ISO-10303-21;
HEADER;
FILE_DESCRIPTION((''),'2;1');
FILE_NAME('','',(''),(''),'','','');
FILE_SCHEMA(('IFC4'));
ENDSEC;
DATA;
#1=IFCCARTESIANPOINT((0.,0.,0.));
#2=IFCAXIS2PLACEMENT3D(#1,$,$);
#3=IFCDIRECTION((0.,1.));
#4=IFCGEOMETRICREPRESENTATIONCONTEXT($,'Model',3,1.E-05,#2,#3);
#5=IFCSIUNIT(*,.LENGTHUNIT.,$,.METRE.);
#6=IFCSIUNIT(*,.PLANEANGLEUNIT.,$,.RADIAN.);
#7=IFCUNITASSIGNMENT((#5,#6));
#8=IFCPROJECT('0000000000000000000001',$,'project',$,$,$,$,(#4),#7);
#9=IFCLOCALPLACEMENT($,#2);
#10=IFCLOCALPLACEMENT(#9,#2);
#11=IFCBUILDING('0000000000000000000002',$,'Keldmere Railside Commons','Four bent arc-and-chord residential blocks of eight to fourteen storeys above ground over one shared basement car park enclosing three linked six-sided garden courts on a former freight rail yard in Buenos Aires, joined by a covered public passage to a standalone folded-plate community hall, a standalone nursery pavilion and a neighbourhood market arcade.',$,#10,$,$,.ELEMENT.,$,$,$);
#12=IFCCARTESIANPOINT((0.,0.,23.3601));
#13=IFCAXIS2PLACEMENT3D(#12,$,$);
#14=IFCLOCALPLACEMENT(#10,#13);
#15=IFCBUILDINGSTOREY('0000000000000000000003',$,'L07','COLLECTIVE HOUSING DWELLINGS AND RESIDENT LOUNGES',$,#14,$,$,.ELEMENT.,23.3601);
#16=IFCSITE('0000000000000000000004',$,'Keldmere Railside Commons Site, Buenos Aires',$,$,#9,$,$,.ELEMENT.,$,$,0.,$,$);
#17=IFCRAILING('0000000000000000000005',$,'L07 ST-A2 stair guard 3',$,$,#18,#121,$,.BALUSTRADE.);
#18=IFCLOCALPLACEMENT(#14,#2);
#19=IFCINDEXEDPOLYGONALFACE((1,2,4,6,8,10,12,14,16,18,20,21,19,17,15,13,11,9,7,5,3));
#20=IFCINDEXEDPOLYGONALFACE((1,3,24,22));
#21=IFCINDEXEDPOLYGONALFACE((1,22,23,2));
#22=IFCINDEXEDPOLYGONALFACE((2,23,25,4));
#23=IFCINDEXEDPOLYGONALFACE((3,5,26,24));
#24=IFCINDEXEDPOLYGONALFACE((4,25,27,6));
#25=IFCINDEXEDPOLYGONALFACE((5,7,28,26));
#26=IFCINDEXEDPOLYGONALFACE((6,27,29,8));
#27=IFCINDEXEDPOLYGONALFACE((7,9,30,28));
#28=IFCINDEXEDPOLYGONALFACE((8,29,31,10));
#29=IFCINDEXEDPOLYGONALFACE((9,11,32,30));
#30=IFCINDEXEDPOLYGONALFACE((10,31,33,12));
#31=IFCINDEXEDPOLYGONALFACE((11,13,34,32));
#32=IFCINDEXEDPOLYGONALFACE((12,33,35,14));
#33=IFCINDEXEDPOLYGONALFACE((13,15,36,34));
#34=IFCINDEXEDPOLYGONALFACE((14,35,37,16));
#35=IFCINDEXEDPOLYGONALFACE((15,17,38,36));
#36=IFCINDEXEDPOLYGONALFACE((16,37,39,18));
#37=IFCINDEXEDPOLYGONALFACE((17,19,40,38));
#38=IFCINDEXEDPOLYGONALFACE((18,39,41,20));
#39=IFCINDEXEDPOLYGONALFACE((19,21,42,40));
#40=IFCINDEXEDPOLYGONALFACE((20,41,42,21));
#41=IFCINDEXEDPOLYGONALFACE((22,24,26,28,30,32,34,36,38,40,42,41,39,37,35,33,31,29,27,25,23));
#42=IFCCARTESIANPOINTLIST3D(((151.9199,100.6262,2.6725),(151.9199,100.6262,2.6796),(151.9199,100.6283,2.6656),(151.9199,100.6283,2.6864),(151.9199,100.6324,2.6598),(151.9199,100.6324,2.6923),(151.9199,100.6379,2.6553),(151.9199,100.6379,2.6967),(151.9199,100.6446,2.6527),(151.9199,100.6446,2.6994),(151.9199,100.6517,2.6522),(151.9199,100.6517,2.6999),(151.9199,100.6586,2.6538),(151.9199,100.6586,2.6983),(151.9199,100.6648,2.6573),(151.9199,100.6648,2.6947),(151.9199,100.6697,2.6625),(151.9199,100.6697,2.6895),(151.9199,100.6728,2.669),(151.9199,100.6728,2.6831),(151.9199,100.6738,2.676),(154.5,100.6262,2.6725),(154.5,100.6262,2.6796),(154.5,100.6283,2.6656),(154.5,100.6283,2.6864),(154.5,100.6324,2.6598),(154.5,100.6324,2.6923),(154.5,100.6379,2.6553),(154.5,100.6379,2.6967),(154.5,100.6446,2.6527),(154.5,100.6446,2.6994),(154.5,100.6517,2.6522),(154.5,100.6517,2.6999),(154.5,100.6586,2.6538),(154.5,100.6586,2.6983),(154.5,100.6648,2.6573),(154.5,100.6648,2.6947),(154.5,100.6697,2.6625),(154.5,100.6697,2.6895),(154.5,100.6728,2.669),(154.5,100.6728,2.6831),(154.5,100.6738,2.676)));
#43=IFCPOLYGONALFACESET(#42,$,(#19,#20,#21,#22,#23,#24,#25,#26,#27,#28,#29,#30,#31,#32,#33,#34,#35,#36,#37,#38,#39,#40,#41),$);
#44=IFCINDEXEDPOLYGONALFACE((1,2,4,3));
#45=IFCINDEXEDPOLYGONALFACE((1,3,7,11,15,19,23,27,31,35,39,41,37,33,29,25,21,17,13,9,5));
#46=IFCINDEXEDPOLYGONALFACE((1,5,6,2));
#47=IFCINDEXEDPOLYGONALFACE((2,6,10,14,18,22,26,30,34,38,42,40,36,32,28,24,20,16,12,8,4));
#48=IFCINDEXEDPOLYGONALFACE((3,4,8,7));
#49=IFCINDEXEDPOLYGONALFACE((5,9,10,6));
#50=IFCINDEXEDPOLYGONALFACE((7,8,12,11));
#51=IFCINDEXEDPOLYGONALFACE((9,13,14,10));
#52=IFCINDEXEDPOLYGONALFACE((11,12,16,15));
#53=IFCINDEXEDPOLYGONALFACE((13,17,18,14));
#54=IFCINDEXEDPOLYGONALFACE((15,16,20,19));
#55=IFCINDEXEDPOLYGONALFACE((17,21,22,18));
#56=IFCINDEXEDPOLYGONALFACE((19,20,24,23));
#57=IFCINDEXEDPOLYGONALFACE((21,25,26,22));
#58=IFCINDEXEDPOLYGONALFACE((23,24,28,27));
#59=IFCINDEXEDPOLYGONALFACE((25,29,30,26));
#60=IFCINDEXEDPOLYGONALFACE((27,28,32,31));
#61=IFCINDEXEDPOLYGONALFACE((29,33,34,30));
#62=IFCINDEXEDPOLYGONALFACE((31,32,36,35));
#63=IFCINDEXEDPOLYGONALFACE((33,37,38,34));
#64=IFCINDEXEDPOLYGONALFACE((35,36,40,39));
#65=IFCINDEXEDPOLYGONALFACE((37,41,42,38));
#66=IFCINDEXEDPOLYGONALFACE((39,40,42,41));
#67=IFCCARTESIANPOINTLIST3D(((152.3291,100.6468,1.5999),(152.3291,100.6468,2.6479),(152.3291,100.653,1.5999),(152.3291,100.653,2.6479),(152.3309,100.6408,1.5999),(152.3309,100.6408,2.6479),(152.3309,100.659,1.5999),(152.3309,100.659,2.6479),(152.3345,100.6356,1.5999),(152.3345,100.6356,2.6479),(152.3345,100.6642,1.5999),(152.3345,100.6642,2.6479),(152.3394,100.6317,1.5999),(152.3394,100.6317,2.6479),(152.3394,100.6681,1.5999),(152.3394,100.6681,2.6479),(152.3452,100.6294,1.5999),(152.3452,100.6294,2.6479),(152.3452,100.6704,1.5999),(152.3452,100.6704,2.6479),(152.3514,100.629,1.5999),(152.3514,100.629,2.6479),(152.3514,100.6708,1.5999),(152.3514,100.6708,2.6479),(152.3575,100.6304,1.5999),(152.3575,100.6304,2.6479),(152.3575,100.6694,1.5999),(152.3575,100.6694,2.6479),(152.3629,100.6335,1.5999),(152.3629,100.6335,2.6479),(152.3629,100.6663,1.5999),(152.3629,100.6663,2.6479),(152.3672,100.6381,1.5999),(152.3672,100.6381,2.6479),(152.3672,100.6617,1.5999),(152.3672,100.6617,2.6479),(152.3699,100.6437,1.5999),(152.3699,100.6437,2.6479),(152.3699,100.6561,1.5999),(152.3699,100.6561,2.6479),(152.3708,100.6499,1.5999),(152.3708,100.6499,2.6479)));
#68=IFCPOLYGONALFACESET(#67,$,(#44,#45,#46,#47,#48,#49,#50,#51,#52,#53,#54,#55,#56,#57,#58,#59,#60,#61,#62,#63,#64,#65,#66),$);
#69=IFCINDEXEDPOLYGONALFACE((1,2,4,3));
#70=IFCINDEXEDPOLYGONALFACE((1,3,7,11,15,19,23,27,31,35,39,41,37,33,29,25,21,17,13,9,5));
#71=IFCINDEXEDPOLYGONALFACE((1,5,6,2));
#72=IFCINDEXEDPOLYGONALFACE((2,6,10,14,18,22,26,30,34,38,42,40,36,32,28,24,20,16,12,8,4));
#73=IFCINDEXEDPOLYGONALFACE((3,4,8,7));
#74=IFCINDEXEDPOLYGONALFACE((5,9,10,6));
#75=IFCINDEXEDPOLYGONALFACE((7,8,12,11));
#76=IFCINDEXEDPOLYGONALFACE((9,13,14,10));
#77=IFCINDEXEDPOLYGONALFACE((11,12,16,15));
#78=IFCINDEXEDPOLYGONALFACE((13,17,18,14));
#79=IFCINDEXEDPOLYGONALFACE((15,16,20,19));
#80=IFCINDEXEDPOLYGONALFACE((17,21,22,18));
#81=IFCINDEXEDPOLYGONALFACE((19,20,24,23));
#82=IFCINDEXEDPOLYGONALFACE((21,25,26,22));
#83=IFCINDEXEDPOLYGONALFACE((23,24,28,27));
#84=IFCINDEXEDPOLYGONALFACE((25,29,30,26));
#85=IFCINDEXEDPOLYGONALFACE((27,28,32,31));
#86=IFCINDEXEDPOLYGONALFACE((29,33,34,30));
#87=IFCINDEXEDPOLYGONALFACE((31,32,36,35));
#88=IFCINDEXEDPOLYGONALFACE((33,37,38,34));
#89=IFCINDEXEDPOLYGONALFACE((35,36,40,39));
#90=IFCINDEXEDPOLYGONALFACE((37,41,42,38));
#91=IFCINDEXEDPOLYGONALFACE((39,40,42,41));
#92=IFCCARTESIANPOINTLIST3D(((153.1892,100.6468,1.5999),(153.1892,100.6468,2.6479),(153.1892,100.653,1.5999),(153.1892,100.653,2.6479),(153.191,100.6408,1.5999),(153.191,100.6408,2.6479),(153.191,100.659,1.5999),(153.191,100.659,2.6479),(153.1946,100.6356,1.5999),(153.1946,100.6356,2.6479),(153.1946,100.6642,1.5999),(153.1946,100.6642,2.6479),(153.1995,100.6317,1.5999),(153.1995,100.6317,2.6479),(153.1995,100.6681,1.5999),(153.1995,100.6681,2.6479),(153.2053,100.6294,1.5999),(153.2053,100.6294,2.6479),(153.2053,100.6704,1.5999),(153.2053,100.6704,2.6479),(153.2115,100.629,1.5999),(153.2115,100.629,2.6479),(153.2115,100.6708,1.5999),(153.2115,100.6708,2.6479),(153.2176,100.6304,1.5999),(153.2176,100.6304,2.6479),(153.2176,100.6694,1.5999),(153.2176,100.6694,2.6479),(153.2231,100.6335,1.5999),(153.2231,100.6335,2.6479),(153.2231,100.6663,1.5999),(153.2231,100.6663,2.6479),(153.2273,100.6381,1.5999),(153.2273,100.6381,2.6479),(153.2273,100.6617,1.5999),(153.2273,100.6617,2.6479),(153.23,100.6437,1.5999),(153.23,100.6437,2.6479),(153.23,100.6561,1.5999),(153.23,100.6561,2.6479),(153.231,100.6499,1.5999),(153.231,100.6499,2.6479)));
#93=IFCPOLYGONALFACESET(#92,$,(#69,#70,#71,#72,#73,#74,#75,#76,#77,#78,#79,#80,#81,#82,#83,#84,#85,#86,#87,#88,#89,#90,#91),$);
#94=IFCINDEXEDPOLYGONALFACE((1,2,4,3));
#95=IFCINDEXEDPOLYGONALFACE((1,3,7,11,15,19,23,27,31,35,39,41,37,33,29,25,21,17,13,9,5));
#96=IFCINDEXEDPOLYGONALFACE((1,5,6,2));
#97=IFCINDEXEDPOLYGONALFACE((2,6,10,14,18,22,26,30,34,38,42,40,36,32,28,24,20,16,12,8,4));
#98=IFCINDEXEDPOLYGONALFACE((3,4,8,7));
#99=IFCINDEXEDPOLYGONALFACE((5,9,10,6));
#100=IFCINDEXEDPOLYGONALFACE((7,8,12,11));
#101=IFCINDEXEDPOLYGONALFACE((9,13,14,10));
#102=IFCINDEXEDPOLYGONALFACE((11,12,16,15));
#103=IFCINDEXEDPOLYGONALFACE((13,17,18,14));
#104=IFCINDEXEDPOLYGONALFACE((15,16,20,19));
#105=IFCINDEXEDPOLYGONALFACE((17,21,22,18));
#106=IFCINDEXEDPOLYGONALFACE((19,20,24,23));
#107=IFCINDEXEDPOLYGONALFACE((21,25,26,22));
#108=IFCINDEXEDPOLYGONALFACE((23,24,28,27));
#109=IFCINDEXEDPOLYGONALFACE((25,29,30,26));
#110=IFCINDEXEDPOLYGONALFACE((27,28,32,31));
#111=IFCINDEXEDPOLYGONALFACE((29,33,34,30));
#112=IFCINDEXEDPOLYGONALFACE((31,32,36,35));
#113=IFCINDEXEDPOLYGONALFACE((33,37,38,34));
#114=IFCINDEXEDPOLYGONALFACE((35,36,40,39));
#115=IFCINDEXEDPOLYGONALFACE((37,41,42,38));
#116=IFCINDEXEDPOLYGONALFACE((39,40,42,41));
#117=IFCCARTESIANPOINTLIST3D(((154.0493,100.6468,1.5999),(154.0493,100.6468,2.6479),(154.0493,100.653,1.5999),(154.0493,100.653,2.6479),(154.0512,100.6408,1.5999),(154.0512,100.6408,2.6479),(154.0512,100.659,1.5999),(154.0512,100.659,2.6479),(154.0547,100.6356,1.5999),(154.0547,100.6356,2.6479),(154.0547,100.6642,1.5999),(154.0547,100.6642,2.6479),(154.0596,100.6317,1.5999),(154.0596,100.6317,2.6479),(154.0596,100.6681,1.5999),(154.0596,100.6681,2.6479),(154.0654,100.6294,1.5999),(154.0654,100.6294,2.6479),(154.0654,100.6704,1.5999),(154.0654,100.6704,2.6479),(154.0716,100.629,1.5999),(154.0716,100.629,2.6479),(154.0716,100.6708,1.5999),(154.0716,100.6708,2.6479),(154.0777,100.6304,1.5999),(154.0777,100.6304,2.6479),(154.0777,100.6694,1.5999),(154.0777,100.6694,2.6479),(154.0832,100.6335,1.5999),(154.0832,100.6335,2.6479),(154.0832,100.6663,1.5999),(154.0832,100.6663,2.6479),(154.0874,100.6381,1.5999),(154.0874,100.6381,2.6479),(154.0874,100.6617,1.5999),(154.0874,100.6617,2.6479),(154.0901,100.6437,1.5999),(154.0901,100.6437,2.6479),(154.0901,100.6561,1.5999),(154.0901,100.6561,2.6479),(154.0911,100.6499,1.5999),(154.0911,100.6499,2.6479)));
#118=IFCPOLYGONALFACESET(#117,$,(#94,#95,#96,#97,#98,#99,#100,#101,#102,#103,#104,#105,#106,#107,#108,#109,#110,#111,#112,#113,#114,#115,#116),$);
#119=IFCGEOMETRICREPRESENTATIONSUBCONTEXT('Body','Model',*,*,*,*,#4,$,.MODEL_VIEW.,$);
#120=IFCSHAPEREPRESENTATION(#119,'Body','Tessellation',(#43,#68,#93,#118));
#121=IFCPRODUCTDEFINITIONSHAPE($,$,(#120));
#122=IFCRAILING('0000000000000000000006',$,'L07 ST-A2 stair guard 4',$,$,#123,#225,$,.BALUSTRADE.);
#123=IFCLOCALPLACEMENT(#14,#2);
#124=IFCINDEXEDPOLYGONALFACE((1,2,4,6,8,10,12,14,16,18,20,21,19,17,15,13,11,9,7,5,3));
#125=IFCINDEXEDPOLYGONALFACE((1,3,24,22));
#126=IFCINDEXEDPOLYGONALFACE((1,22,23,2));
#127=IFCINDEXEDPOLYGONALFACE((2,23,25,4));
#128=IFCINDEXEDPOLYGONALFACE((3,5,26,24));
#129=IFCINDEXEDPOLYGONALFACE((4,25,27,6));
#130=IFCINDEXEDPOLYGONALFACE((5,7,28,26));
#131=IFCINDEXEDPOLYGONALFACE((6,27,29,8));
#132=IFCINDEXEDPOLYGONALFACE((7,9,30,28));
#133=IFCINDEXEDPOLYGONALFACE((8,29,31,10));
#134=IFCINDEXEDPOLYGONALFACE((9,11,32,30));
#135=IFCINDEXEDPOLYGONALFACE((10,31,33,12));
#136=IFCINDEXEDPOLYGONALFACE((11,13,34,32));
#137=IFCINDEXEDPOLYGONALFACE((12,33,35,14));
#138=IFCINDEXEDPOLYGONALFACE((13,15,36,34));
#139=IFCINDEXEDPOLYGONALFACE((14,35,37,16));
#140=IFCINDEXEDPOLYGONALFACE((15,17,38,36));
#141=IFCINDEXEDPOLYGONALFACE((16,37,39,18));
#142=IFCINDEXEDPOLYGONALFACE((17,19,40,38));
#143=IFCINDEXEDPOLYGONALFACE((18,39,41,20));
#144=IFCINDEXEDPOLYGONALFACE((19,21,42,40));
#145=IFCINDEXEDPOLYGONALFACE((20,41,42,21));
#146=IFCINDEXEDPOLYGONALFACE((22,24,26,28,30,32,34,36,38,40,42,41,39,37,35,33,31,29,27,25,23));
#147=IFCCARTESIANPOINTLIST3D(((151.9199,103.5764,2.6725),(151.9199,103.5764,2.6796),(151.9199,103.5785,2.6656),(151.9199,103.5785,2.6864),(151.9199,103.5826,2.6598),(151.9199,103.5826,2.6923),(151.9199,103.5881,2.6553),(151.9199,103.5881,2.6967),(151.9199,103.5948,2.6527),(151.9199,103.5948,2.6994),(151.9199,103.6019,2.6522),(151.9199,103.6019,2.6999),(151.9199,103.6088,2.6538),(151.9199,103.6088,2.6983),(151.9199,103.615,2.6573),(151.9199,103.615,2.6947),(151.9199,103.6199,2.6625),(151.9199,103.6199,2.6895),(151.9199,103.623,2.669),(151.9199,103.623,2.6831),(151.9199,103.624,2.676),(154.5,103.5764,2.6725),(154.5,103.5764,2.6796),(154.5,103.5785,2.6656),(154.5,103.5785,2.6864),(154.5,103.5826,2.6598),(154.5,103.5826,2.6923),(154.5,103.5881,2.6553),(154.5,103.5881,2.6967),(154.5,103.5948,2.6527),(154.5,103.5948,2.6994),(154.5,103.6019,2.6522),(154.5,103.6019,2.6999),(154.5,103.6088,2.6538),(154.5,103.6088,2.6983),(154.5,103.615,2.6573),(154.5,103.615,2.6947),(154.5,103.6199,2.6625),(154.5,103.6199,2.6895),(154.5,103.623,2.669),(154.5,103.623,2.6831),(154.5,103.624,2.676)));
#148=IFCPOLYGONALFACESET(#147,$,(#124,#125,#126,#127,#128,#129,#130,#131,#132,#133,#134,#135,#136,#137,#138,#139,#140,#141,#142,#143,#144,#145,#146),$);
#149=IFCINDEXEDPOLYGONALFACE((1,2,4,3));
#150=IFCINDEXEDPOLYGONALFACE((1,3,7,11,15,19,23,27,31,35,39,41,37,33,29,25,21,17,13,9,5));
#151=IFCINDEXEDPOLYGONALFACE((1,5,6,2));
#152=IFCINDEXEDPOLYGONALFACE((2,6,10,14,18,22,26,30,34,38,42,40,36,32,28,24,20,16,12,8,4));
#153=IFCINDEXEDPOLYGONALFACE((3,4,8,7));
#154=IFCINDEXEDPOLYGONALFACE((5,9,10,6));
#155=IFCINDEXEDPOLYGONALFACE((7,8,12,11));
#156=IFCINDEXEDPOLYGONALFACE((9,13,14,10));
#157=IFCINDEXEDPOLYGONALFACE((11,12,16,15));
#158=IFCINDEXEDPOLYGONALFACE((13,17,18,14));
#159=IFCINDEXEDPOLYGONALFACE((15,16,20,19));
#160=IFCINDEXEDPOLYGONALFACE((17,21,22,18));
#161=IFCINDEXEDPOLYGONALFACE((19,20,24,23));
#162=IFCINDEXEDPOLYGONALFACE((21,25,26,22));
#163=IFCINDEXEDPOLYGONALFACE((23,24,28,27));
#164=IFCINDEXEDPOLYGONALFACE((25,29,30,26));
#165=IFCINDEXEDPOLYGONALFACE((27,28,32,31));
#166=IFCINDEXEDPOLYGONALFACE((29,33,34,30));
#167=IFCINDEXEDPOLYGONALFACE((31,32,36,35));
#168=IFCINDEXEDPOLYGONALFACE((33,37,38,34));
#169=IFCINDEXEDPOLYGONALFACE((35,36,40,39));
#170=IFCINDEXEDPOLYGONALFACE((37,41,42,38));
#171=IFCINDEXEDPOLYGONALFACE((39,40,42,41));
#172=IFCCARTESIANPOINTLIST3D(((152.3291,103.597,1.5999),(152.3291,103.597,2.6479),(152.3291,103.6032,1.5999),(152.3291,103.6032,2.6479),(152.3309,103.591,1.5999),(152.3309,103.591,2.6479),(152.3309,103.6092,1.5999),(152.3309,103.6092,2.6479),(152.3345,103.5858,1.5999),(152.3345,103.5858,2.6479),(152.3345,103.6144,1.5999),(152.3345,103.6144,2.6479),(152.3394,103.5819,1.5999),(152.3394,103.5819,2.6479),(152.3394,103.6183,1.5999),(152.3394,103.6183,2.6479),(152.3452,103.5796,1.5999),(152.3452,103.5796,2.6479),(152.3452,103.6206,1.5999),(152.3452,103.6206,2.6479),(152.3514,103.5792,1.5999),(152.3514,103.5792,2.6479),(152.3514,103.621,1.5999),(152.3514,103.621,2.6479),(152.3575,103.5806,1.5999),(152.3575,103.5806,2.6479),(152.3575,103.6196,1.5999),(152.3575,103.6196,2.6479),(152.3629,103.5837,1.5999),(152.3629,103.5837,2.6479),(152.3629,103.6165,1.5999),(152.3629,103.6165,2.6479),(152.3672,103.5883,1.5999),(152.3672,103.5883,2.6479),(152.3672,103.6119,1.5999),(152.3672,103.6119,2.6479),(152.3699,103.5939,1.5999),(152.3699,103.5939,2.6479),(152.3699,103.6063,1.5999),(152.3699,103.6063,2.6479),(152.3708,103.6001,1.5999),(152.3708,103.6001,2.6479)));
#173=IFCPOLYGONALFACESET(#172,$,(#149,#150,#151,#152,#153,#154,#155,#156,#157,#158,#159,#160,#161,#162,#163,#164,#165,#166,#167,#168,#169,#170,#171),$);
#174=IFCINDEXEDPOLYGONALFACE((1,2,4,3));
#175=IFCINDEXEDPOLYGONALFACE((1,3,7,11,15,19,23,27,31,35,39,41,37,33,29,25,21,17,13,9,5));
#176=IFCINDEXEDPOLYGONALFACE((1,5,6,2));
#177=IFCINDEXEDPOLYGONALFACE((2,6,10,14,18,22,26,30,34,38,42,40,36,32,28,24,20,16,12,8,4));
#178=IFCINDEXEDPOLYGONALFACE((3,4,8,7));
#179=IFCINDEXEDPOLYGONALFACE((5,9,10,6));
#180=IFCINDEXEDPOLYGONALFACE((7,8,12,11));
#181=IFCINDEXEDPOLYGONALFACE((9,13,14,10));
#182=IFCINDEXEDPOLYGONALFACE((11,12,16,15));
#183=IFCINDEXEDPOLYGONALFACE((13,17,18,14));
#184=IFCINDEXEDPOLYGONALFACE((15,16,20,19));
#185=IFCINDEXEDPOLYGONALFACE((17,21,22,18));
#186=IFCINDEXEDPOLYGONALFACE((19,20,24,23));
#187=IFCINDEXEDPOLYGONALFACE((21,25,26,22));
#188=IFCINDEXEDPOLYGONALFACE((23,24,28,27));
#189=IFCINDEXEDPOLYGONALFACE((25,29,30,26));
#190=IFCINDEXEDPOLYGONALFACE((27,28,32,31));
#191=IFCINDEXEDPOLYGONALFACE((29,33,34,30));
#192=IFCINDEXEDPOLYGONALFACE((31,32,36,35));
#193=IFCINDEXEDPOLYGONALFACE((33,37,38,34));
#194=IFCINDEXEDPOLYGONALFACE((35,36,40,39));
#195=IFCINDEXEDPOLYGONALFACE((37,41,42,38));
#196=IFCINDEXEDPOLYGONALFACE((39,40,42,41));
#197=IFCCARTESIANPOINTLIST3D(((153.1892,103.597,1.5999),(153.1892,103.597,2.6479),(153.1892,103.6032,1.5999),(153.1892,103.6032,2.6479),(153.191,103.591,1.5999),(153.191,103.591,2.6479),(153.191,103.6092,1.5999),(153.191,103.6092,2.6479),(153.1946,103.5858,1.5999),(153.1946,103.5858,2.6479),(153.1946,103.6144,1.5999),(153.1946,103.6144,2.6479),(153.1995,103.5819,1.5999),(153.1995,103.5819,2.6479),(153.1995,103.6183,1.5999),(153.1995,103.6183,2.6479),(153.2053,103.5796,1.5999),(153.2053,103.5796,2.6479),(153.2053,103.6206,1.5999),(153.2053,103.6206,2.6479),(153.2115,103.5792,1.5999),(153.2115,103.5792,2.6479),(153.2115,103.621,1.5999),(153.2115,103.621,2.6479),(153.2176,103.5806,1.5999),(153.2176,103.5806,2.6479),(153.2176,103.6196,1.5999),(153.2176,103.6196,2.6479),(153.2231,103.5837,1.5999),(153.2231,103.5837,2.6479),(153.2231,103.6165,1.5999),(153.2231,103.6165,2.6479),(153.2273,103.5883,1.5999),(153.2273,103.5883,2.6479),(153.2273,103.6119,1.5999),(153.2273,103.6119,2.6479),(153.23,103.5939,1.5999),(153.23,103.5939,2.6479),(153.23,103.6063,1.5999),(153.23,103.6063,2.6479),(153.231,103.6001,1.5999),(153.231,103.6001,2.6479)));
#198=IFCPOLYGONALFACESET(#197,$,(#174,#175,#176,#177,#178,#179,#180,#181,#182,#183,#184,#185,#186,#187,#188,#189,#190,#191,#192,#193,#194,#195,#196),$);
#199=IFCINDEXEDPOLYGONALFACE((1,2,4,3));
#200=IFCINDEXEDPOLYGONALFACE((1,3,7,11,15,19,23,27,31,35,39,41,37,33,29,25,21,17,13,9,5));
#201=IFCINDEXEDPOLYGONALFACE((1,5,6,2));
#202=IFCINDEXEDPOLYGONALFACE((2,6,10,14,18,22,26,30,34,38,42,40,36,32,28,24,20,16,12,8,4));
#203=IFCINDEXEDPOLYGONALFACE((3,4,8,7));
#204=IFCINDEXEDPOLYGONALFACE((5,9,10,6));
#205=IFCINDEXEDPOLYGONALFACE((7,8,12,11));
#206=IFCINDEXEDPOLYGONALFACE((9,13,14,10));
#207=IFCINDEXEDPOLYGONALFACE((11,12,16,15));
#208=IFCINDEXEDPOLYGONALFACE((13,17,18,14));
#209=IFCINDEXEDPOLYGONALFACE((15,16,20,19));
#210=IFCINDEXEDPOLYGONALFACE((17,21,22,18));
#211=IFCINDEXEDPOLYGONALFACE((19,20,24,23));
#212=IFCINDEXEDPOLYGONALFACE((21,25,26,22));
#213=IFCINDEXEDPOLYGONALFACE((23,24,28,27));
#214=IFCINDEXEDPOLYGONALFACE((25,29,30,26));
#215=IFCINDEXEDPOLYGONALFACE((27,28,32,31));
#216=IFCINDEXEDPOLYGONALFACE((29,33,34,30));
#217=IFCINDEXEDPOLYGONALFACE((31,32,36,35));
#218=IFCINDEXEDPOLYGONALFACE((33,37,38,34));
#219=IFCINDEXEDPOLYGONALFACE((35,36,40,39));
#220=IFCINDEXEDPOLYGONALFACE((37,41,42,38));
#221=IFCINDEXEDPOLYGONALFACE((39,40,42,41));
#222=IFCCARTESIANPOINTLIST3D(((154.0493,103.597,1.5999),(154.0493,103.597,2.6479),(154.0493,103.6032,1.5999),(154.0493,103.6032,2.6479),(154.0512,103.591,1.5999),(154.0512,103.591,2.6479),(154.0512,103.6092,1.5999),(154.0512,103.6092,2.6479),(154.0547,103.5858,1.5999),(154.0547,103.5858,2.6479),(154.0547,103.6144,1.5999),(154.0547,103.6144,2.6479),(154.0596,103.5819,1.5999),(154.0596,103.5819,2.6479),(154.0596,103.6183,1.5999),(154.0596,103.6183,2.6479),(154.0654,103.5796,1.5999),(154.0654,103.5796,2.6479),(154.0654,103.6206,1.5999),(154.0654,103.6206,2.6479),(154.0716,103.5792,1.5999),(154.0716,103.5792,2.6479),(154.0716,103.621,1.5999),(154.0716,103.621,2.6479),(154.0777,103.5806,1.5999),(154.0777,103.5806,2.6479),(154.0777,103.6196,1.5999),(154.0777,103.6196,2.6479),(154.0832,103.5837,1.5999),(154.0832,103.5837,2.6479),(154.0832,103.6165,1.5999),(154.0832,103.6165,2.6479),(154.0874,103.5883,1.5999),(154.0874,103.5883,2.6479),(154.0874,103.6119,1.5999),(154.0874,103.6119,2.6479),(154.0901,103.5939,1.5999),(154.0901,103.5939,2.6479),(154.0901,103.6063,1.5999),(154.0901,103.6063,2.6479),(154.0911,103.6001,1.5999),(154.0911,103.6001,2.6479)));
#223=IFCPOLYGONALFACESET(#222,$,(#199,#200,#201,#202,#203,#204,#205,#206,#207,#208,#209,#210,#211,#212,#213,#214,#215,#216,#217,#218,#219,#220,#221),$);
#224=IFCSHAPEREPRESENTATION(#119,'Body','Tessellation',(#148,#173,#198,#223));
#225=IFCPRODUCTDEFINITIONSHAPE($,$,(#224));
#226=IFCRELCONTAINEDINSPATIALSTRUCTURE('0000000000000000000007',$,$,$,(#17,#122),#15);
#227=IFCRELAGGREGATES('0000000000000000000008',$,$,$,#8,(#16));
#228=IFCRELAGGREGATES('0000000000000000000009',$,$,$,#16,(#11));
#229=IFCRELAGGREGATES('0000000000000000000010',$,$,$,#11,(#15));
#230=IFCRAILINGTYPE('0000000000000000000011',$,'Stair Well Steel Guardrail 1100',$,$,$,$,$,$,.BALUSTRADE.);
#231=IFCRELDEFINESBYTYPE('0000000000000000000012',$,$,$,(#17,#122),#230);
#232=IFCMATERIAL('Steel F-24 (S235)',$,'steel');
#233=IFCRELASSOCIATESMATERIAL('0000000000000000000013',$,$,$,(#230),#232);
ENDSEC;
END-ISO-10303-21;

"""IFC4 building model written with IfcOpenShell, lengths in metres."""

from ifc_helpers import new_model, si_unit, direction, frame, origin, origin_2d, place, context, subcontext, project, spatial, circle, extrude, material, type_object, element, save


model = new_model("IFC4")

# Units and contexts
model_context = context("Model", 3, precision=1e-05, world=origin(), true_north=direction((0.0, 1.0)))
body_context = subcontext(model_context, "Body", "Model", "MODEL_VIEW")
ifc_project = project(units=[si_unit("LENGTHUNIT", "METRE"), si_unit("PLANEANGLEUNIT", "RADIAN")], contexts=[model_context])

# Site, building, storey
site_placement = place(None, origin())
site = spatial("IfcSite", under=ifc_project, at=site_placement, Name="Keldmere Railside Commons Site, Buenos Aires", CompositionType="ELEMENT", RefElevation=0.0)
building_placement = place(site_placement, origin())
building = spatial("IfcBuilding", under=site, at=building_placement, Name="Keldmere Railside Commons", Description="Four bent arc-and-chord residential blocks of eight to fourteen storeys above ground over one shared basement car park enclosing three linked six-sided garden courts on a former freight rail yard in Buenos Aires, joined by a covered public passage to a standalone folded-plate community hall, a standalone nursery pavilion and a neighbourhood market arcade.", CompositionType="ELEMENT")
storey_placement = place(building_placement, frame((0.0, 0.0, 23.3601)))
storey = spatial("IfcBuildingStorey", under=building, at=storey_placement, Name="L07", Description="COLLECTIVE HOUSING DWELLINGS AND RESIDENT LOUNGES", CompositionType="ELEMENT", Elevation=23.3601)

# Railings
ifc_material_1 = material(Name="Steel F-24 (S235)", Category="steel")
railing_type_1 = type_object("IfcRailingType", Name="Stair Well Steel Guardrail 1100", PredefinedType="BALUSTRADE", material=ifc_material_1)
for number, where, name in (
    (1, (151.9199, 100.6499, 1.5999), "L07 ST-A2 stair guard 3"),
    (2, (151.9199, 103.6001, 1.5999), "L07 ST-A2 stair guard 4"),
):
    element("IfcRailing", number, at=place(storey_placement, frame(where)), inside=storey, type_object=railing_type_1, Name=name, PredefinedType="BALUSTRADE", context=body_context, shape_type="SweptSolid", body=[
        extrude(circle(Radius=0.0239, at=origin_2d()), frame((0.0, 0.0, 1.0762), z_axis=(1.0, 0.0, 0.0), x_axis=(0.0, 1.0, 0.0)), (0.0, 0.0, 1.0), 2.5801),
        extrude(circle(Radius=0.021, at=origin_2d()), frame((0.4299, 0.0, 0.0)), (0.0, 0.0, 1.0), 1.0481),
        extrude(circle(Radius=0.021, at=origin_2d()), frame((1.29, 0.0, 0.0)), (0.0, 0.0, 1.0), 1.0481),
        extrude(circle(Radius=0.021, at=origin_2d()), frame((2.1501, 0.0, 0.0)), (0.0, 0.0, 1.0), 1.0481),
    ])

save(model, "model.ifc")
